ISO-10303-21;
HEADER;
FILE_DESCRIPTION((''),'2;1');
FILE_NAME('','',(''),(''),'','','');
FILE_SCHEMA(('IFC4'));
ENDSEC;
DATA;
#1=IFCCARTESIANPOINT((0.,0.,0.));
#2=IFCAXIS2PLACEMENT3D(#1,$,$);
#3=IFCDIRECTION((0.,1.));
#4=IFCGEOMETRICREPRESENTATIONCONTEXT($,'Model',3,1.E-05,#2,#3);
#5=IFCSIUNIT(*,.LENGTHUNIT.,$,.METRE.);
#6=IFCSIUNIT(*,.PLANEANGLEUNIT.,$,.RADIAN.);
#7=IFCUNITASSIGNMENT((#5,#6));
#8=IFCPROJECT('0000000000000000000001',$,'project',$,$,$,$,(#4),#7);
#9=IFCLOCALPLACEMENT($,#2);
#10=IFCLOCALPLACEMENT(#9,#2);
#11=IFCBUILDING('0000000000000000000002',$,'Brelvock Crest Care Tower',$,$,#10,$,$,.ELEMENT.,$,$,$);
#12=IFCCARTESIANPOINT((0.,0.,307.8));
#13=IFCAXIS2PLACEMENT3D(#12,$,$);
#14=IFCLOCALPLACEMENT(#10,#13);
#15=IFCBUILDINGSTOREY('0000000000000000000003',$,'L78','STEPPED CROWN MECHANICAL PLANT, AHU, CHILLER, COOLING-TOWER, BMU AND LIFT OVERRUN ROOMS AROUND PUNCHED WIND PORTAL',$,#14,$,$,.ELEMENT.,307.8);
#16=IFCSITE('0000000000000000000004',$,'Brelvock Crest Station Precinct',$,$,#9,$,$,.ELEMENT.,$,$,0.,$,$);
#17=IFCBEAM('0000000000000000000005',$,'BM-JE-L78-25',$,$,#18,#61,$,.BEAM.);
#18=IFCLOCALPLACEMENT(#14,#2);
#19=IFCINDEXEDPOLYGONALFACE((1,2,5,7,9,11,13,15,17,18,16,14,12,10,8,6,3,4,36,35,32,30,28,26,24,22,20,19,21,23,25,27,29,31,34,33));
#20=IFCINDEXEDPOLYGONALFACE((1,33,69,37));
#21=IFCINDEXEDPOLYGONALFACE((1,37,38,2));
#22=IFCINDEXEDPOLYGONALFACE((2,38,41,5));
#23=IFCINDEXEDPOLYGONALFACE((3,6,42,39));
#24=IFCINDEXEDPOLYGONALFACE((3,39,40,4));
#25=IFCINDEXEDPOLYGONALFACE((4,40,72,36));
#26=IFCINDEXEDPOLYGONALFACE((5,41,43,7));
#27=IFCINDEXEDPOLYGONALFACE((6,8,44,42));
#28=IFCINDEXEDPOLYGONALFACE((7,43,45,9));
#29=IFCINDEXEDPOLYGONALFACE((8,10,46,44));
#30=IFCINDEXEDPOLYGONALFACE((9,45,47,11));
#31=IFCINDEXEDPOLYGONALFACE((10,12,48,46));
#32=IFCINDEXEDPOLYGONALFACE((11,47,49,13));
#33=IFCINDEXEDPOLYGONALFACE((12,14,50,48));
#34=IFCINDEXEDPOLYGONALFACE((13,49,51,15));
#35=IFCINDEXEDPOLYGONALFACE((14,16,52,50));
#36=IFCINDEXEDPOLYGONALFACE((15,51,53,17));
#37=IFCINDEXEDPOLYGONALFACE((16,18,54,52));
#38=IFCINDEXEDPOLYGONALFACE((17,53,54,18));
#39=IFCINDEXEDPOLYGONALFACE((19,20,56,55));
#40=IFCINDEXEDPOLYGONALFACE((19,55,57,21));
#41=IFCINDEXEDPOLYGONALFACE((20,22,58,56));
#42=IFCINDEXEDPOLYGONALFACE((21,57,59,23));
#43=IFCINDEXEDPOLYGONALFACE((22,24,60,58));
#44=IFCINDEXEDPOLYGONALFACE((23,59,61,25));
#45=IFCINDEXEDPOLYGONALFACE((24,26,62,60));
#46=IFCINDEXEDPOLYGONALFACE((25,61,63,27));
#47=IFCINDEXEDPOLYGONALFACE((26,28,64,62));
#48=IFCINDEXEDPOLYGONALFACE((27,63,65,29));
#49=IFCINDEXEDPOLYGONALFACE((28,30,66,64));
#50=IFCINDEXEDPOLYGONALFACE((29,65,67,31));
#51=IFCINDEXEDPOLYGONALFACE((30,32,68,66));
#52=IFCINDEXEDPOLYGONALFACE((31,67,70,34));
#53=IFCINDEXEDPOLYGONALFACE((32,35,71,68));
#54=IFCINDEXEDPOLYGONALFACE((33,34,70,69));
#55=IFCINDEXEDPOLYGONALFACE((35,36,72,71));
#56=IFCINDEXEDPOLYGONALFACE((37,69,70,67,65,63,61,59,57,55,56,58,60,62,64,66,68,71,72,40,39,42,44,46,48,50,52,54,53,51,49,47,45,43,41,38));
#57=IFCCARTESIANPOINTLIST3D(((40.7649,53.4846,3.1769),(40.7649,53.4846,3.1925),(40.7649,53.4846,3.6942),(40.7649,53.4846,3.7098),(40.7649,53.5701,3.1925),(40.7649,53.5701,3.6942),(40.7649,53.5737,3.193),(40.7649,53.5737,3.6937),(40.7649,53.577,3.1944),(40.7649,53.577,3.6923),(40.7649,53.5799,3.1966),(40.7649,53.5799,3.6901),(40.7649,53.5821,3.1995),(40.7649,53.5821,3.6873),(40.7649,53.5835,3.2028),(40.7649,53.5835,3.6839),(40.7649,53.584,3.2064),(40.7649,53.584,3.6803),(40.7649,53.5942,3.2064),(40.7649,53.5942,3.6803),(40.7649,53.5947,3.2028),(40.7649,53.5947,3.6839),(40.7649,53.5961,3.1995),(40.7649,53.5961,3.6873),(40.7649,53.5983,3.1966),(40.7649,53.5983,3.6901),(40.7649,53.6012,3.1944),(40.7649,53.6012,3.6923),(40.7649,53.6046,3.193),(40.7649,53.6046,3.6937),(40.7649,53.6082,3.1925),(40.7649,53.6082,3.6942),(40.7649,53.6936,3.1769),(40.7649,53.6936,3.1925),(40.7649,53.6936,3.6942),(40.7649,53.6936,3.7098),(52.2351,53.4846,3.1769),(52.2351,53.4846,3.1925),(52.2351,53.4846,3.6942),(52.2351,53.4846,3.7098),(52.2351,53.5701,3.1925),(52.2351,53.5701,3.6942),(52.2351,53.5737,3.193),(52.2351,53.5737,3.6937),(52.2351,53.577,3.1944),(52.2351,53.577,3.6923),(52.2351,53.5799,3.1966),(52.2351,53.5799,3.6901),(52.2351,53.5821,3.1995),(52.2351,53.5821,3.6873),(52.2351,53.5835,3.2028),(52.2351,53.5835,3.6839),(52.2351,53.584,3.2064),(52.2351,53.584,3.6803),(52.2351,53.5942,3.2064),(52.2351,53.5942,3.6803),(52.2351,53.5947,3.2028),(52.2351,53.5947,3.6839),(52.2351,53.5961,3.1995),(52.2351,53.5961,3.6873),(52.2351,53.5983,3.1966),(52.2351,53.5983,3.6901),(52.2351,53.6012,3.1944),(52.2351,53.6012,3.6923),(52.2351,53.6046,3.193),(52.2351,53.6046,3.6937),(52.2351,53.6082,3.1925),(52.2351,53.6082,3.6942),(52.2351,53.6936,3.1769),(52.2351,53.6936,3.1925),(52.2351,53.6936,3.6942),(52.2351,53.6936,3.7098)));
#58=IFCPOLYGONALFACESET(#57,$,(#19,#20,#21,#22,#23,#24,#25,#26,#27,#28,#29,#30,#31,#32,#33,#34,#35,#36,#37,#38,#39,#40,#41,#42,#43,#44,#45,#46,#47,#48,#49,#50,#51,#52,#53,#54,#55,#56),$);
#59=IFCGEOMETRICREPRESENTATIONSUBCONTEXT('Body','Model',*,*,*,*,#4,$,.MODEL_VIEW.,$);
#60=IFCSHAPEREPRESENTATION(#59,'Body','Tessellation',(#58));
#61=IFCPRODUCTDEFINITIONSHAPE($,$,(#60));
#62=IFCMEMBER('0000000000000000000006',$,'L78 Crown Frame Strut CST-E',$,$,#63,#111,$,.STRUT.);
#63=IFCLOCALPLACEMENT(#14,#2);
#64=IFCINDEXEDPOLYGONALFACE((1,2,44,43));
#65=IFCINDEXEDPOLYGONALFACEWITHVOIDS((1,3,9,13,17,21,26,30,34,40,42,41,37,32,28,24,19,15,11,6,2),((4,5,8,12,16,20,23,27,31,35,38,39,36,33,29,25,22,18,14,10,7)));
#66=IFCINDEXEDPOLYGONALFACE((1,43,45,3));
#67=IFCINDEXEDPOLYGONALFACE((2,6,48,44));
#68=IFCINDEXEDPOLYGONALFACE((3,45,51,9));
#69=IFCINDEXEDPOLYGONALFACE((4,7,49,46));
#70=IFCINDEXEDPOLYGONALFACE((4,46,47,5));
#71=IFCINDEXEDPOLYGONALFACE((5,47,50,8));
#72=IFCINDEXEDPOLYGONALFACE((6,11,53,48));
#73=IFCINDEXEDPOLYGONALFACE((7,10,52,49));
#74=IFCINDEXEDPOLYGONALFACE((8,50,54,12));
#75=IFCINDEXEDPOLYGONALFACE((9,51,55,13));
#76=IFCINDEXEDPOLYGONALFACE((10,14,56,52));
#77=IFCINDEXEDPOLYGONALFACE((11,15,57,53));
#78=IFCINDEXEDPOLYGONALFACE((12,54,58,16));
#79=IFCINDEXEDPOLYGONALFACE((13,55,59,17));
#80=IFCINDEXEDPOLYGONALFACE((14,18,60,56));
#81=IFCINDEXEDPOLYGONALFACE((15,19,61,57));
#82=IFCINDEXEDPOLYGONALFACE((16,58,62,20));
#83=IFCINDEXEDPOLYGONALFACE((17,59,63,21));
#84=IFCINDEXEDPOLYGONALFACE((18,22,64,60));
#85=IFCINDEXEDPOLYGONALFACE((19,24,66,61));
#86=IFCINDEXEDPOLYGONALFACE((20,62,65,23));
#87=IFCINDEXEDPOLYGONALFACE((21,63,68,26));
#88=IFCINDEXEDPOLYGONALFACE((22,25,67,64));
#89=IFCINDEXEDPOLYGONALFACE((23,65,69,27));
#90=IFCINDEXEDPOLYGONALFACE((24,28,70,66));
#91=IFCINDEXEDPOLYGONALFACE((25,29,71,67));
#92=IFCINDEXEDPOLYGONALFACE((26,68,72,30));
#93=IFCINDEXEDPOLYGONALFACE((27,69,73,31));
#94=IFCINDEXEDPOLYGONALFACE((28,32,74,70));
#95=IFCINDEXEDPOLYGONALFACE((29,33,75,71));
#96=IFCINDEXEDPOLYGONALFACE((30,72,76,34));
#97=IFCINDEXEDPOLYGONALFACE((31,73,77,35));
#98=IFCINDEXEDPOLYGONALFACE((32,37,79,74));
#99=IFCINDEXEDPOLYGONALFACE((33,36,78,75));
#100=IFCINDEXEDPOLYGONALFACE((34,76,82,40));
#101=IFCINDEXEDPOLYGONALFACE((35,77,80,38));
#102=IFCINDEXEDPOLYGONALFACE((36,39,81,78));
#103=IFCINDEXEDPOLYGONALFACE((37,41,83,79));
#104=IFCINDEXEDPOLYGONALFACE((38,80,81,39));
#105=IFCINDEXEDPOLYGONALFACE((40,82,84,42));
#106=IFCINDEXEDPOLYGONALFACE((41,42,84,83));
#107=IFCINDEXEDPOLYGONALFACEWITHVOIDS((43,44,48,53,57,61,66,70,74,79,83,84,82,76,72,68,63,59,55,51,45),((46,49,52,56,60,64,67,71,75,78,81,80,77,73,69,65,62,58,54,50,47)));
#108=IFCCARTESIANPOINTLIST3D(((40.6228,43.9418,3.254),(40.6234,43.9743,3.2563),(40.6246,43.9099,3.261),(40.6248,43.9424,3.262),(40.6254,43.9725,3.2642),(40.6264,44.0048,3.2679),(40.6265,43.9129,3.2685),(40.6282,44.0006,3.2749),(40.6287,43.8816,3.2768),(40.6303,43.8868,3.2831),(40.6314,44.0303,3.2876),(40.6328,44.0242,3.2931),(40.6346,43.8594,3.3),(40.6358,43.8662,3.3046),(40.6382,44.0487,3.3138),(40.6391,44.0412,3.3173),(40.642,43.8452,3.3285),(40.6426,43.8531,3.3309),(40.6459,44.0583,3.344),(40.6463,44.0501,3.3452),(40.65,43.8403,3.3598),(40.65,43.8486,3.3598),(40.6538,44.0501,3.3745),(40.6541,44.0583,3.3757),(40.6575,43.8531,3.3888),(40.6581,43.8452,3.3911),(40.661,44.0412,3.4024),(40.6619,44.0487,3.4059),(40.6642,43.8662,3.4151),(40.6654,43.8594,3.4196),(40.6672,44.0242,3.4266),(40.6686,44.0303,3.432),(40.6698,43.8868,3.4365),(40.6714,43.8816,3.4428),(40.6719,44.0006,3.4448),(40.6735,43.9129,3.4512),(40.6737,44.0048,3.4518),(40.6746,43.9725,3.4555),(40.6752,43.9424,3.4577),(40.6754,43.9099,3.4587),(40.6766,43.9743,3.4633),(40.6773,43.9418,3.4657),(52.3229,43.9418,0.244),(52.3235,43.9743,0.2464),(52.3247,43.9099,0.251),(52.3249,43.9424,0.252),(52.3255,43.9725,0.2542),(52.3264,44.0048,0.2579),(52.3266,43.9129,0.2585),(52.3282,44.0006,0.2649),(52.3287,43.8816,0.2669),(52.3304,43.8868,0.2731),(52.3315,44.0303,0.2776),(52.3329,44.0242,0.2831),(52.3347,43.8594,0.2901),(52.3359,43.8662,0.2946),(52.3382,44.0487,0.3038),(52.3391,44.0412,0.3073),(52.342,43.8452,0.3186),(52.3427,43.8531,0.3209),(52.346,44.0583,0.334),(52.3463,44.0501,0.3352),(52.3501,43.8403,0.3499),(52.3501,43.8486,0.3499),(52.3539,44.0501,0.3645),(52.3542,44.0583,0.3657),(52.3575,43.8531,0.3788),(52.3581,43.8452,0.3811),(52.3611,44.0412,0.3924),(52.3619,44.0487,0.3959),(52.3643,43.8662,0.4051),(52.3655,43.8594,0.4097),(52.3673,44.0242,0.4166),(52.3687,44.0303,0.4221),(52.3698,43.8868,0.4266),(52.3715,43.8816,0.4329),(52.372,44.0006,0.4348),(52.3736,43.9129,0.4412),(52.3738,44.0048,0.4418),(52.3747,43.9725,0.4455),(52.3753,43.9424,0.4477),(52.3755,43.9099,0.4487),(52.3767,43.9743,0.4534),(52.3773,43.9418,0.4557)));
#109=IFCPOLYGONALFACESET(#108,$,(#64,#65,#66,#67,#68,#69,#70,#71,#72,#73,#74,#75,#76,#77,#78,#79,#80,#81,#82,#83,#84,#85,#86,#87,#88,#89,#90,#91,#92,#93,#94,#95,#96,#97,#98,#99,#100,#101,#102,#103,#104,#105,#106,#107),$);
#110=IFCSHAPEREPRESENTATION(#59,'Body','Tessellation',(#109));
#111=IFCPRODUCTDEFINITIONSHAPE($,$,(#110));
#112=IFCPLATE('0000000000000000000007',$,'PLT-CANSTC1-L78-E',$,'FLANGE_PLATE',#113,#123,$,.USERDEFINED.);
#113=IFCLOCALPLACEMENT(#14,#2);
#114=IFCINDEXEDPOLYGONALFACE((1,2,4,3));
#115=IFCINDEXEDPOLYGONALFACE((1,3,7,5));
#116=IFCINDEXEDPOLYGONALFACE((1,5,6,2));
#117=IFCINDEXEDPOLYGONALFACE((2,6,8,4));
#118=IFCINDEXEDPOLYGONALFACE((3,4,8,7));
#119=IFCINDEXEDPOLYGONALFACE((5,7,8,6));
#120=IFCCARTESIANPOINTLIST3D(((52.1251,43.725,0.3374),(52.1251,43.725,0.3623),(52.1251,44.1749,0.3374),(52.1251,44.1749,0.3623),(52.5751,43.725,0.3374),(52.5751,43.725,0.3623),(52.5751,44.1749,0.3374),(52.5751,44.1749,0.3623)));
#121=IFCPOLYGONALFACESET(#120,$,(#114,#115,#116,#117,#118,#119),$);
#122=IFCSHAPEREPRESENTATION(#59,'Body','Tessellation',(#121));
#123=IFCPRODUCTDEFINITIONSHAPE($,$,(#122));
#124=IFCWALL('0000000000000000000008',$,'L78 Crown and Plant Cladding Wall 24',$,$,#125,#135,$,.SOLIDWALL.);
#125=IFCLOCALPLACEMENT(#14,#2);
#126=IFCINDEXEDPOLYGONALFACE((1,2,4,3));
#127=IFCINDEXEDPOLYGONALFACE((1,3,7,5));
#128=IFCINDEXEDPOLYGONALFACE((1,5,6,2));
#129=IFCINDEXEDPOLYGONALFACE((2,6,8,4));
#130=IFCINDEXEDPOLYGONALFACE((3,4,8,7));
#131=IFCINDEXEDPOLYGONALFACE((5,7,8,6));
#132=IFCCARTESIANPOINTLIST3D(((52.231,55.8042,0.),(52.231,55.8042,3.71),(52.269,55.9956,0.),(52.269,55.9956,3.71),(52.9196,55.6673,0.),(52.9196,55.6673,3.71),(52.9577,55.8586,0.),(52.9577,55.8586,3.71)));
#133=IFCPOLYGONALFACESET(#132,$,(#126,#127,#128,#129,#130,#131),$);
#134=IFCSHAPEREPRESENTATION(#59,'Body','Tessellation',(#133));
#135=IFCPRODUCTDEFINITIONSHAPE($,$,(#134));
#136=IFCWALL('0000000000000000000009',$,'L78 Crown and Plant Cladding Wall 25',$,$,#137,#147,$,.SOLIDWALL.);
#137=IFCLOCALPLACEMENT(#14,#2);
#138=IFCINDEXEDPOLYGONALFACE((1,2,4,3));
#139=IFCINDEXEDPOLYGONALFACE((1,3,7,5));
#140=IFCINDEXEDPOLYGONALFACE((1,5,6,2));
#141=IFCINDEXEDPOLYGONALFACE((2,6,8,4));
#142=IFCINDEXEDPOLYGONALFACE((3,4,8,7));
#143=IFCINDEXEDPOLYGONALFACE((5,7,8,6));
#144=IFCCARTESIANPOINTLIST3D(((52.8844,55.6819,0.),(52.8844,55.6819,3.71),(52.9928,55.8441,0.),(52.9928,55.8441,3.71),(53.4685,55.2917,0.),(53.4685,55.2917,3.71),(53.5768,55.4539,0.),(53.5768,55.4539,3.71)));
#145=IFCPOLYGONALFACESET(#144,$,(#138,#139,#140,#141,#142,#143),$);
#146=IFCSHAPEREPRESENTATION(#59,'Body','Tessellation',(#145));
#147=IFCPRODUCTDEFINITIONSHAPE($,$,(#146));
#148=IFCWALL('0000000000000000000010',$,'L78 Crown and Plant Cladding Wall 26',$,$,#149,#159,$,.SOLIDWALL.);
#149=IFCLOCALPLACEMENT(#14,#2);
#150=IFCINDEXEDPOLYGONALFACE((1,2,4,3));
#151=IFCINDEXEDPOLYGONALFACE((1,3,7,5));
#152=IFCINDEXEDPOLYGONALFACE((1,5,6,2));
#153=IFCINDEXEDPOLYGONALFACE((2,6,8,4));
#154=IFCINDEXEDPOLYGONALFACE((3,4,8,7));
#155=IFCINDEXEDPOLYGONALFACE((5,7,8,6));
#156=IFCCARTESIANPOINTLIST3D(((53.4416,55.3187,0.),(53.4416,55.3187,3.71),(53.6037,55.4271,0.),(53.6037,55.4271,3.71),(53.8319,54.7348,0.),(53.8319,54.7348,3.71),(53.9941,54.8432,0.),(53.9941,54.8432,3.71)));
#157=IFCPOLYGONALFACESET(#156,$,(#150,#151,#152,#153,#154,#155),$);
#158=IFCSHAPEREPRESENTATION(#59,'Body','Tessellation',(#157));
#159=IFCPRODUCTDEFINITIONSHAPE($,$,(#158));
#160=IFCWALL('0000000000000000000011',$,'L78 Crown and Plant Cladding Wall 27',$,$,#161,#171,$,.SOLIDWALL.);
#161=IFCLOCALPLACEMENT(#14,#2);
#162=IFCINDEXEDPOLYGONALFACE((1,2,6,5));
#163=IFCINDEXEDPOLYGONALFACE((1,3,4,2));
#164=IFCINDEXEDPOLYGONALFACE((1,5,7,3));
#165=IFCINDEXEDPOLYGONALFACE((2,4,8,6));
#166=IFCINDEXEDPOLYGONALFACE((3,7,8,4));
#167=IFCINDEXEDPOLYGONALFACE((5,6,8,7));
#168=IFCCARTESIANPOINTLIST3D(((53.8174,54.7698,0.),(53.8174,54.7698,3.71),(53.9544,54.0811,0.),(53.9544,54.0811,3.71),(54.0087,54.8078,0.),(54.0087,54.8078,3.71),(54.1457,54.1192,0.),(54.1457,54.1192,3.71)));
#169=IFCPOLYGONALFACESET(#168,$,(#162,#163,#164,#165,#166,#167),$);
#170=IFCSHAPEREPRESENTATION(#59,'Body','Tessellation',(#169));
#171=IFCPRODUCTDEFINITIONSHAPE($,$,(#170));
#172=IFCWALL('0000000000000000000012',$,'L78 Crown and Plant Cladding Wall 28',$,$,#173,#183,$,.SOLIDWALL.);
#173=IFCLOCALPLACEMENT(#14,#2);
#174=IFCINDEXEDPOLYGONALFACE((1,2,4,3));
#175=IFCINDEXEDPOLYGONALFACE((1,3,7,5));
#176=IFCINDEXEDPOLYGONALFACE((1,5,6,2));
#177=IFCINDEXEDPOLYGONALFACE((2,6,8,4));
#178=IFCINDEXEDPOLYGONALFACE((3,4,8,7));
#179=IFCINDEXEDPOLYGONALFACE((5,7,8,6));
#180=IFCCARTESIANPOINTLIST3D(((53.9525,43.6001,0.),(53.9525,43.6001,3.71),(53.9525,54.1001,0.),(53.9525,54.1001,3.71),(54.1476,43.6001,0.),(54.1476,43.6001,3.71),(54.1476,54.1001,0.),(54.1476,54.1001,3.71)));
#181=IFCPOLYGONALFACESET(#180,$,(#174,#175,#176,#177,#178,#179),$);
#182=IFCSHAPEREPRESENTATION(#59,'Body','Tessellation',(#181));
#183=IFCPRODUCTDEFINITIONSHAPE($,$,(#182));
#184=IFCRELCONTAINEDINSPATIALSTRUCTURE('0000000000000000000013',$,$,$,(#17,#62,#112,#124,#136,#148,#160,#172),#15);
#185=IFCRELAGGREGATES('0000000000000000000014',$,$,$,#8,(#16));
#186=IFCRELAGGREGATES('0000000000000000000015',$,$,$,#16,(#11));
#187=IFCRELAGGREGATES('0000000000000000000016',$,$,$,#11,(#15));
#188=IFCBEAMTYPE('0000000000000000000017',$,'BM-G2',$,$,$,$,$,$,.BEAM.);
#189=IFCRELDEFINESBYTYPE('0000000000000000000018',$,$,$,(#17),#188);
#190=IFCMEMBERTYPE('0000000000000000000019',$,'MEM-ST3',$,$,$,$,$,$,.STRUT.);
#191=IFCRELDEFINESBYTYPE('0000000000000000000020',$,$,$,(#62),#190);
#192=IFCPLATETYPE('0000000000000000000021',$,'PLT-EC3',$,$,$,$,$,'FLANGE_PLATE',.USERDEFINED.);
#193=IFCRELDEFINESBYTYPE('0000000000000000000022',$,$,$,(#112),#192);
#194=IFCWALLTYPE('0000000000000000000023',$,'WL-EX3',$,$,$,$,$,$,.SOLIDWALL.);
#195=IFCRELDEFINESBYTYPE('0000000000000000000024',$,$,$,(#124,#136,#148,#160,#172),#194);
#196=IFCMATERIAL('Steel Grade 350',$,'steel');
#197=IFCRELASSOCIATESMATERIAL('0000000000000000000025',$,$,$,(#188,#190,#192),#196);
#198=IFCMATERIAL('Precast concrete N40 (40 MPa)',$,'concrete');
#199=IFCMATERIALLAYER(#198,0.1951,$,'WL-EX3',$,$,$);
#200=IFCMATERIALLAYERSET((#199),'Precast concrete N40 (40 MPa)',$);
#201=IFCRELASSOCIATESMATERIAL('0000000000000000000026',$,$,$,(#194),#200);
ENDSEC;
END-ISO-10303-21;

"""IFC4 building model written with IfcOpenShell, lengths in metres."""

from ifc_helpers import new_model, si_unit, direction, frame, frame_2d, origin, origin_2d, place, context, subcontext, project, spatial, rectangle, hollow_circle, i_section, extrude, source, transform, mapped, material, layer, layer_set, material_profile, profile_set, type_object, element, save


model = new_model("IFC4")

# Units and contexts
model_context = context("Model", 3, precision=1e-05, world=origin(), true_north=direction((0.0, 1.0)))
body_context = subcontext(model_context, "Body", "Model", "MODEL_VIEW")
ifc_project = project(units=[si_unit("LENGTHUNIT", "METRE"), si_unit("PLANEANGLEUNIT", "RADIAN")], contexts=[model_context])

# Site, building, storey
site_placement = place(None, origin())
site = spatial("IfcSite", under=ifc_project, at=site_placement, Name="Brelvock Crest Station Precinct", CompositionType="ELEMENT", RefElevation=0.0)
building_placement = place(site_placement, origin())
building = spatial("IfcBuilding", under=site, at=building_placement, Name="Brelvock Crest Care Tower", CompositionType="ELEMENT")
storey_placement = place(building_placement, frame((0.0, 0.0, 307.8)))
storey = spatial("IfcBuildingStorey", under=building, at=storey_placement, Name="L78", Description="STEPPED CROWN MECHANICAL PLANT, AHU, CHILLER, COOLING-TOWER, BMU AND LIFT OVERRUN ROOMS AROUND PUNCHED WIND PORTAL", CompositionType="ELEMENT", Elevation=307.8)

# Shared definitions
ifc_material_1 = material(Name="Steel Grade 350", Category="steel")

# Beam
ifc_material_profile_1 = material_profile(ifc_material_1, i_section(OverallWidth=0.209, OverallDepth=0.533, WebThickness=0.0103, FlangeThickness=0.0156, FilletRadius=0.0139, at=origin_2d()), Name="530UB92.4")
ifc_profile_set_1 = profile_set([ifc_material_profile_1], Name="Steel Grade 350")
beam_type_1 = type_object("IfcBeamType", Name="BM-G2", PredefinedType="BEAM", material=ifc_profile_set_1)
shared_shape_1 = source(origin(), body_context, "Body", "SweptSolid", [
    extrude(i_section(OverallWidth=0.209, OverallDepth=0.533, WebThickness=0.0103, FlangeThickness=0.0156, FilletRadius=0.0139, at=origin_2d()), origin(), (0.0, 0.0, 1.0), 11.4702),
])
for number, where, z_axis, x_axis, name in (
    (1, (40.7649, 53.5891, 3.4434), (1.0, 0.0, 0.0), (0.0, 1.0, 0.0), "BM-JE-L78-25"),
):
    element("IfcBeam", number, at=place(storey_placement, frame(where, z_axis=z_axis, x_axis=x_axis)), inside=storey, type_object=beam_type_1, Name=name, PredefinedType="BEAM", context=body_context, shape_type="MappedRepresentation", body=[
        mapped(shared_shape_1, transform((0.0, 0.0, 0.0), x_axis=(1.0, 0.0, 0.0), y_axis=(0.0, 1.0, 0.0), z_axis=(0.0, 0.0, 1.0), scale=1.0)),
    ])

# Member
ifc_material_profile_2 = material_profile(ifc_material_1, hollow_circle(Radius=0.1096, WallThickness=0.0083, at=origin_2d()), Name="CHS219.1x8.2")
ifc_profile_set_2 = profile_set([ifc_material_profile_2], Name="Steel Grade 350")
member_type = type_object("IfcMemberType", Name="MEM-ST3", PredefinedType="STRUT", material=ifc_profile_set_2)
shared_shape_2 = source(origin(), body_context, "Body", "SweptSolid", [
    extrude(hollow_circle(Radius=0.1096, WallThickness=0.0083, at=origin_2d()), origin(), (0.0, 0.0, 1.0), 12.0811),
])
member_placement = place(storey_placement, frame((52.3501, 43.95, 0.3499), z_axis=(-0.968465, 0.0, 0.249149), x_axis=(0.0, -1.0, 0.0)))
element("IfcMember", 2, at=member_placement, inside=storey, type_object=member_type, Name="L78 Crown Frame Strut CST-E", PredefinedType="STRUT", context=body_context, shape_type="MappedRepresentation", body=[
    mapped(shared_shape_2, transform((0.0, 0.0, 0.0), x_axis=(1.0, 0.0, 0.0), y_axis=(0.0, 1.0, 0.0), z_axis=(0.0, 0.0, 1.0), scale=1.0)),
])

# Plate
plate_type = type_object("IfcPlateType", Name="PLT-EC3", ElementType="FLANGE_PLATE", PredefinedType="USERDEFINED", material=ifc_material_1)
shared_shape_3 = source(origin(), body_context, "Body", "SweptSolid", [
    extrude(rectangle(XDim=0.45, YDim=0.45, at=origin_2d()), origin(), (0.0, 0.0, 1.0), 0.0249),
])
plate_placement = place(storey_placement, frame((52.3501, 43.95, 0.3374), z_axis=(0.0, 0.0, 1.0), x_axis=(1.0, 0.0, 0.0)))
element("IfcPlate", 3, at=plate_placement, inside=storey, type_object=plate_type, Name="PLT-CANSTC1-L78-E", ObjectType="FLANGE_PLATE", PredefinedType="USERDEFINED", context=body_context, shape_type="MappedRepresentation", body=[
    mapped(shared_shape_3, transform((0.0, 0.0, 0.0), x_axis=(1.0, 0.0, 0.0), y_axis=(0.0, 1.0, 0.0), z_axis=(0.0, 0.0, 1.0), scale=1.0)),
])

# Walls
ifc_material_2 = material(Name="Precast concrete N40 (40 MPa)", Category="concrete")
ifc_layer_1 = layer(ifc_material_2, 0.1951, Name="WL-EX3")
ifc_layer_set_1 = layer_set([ifc_layer_1], Name="Precast concrete N40 (40 MPa)")
wall_type_1 = type_object("IfcWallType", Name="WL-EX3", PredefinedType="SOLIDWALL", material=ifc_layer_set_1)
wall_1_placement = place(storey_placement, frame((52.25, 55.8999, 0.0), z_axis=(0.0, 0.0, 1.0), x_axis=(0.980794, -0.195046, 0.0)))
element("IfcWall", 4, at=wall_1_placement, inside=storey, type_object=wall_type_1, Name="L78 Crown and Plant Cladding Wall 24", PredefinedType="SOLIDWALL", context=body_context, shape_type="SweptSolid", body=[
    extrude(rectangle(XDim=0.7021, YDim=0.1951, at=frame_2d((0.3511, 0.0))), origin(), (0.0, 0.0, 1.0), 3.71),
])
for number, where, z_axis, x_axis, name in (
    (5, (52.9387, 55.7629, 0.0), (0.0, 0.0, 1.0), (0.831515, -0.555502, 0.0), "L78 Crown and Plant Cladding Wall 25"),
    (6, (53.5227, 55.3728, 0.0), (0.0, 0.0, 1.0), (0.555742, -0.831355, 0.0), "L78 Crown and Plant Cladding Wall 26"),
):
    element("IfcWall", number, at=place(storey_placement, frame(where, z_axis=z_axis, x_axis=x_axis)), inside=storey, type_object=wall_type_1, Name=name, PredefinedType="SOLIDWALL", context=body_context, shape_type="SweptSolid", body=[
        extrude(rectangle(XDim=0.7024, YDim=0.1951, at=frame_2d((0.3511, 0.0))), origin(), (0.0, 0.0, 1.0), 3.71),
    ])
wall_2_placement = place(storey_placement, frame((53.9131, 54.7888, 0.0), z_axis=(0.0, 0.0, 1.0), x_axis=(0.195046, -0.980794, 0.0)))
element("IfcWall", 7, at=wall_2_placement, inside=storey, type_object=wall_type_1, Name="L78 Crown and Plant Cladding Wall 27", PredefinedType="SOLIDWALL", context=body_context, shape_type="SweptSolid", body=[
    extrude(rectangle(XDim=0.7021, YDim=0.1951, at=frame_2d((0.3511, 0.0))), origin(), (0.0, 0.0, 1.0), 3.71),
])
wall_3_placement = place(storey_placement, frame((54.05, 54.1001, 0.0), z_axis=(0.0, 0.0, 1.0), x_axis=(0.0, -1.0, 0.0)))
element("IfcWall", 8, at=wall_3_placement, inside=storey, type_object=wall_type_1, Name="L78 Crown and Plant Cladding Wall 28", PredefinedType="SOLIDWALL", context=body_context, shape_type="SweptSolid", body=[
    extrude(rectangle(XDim=10.5, YDim=0.1951, at=frame_2d((5.25, 0.0))), origin(), (0.0, 0.0, 1.0), 3.71),
])

save(model, "model.ifc")
